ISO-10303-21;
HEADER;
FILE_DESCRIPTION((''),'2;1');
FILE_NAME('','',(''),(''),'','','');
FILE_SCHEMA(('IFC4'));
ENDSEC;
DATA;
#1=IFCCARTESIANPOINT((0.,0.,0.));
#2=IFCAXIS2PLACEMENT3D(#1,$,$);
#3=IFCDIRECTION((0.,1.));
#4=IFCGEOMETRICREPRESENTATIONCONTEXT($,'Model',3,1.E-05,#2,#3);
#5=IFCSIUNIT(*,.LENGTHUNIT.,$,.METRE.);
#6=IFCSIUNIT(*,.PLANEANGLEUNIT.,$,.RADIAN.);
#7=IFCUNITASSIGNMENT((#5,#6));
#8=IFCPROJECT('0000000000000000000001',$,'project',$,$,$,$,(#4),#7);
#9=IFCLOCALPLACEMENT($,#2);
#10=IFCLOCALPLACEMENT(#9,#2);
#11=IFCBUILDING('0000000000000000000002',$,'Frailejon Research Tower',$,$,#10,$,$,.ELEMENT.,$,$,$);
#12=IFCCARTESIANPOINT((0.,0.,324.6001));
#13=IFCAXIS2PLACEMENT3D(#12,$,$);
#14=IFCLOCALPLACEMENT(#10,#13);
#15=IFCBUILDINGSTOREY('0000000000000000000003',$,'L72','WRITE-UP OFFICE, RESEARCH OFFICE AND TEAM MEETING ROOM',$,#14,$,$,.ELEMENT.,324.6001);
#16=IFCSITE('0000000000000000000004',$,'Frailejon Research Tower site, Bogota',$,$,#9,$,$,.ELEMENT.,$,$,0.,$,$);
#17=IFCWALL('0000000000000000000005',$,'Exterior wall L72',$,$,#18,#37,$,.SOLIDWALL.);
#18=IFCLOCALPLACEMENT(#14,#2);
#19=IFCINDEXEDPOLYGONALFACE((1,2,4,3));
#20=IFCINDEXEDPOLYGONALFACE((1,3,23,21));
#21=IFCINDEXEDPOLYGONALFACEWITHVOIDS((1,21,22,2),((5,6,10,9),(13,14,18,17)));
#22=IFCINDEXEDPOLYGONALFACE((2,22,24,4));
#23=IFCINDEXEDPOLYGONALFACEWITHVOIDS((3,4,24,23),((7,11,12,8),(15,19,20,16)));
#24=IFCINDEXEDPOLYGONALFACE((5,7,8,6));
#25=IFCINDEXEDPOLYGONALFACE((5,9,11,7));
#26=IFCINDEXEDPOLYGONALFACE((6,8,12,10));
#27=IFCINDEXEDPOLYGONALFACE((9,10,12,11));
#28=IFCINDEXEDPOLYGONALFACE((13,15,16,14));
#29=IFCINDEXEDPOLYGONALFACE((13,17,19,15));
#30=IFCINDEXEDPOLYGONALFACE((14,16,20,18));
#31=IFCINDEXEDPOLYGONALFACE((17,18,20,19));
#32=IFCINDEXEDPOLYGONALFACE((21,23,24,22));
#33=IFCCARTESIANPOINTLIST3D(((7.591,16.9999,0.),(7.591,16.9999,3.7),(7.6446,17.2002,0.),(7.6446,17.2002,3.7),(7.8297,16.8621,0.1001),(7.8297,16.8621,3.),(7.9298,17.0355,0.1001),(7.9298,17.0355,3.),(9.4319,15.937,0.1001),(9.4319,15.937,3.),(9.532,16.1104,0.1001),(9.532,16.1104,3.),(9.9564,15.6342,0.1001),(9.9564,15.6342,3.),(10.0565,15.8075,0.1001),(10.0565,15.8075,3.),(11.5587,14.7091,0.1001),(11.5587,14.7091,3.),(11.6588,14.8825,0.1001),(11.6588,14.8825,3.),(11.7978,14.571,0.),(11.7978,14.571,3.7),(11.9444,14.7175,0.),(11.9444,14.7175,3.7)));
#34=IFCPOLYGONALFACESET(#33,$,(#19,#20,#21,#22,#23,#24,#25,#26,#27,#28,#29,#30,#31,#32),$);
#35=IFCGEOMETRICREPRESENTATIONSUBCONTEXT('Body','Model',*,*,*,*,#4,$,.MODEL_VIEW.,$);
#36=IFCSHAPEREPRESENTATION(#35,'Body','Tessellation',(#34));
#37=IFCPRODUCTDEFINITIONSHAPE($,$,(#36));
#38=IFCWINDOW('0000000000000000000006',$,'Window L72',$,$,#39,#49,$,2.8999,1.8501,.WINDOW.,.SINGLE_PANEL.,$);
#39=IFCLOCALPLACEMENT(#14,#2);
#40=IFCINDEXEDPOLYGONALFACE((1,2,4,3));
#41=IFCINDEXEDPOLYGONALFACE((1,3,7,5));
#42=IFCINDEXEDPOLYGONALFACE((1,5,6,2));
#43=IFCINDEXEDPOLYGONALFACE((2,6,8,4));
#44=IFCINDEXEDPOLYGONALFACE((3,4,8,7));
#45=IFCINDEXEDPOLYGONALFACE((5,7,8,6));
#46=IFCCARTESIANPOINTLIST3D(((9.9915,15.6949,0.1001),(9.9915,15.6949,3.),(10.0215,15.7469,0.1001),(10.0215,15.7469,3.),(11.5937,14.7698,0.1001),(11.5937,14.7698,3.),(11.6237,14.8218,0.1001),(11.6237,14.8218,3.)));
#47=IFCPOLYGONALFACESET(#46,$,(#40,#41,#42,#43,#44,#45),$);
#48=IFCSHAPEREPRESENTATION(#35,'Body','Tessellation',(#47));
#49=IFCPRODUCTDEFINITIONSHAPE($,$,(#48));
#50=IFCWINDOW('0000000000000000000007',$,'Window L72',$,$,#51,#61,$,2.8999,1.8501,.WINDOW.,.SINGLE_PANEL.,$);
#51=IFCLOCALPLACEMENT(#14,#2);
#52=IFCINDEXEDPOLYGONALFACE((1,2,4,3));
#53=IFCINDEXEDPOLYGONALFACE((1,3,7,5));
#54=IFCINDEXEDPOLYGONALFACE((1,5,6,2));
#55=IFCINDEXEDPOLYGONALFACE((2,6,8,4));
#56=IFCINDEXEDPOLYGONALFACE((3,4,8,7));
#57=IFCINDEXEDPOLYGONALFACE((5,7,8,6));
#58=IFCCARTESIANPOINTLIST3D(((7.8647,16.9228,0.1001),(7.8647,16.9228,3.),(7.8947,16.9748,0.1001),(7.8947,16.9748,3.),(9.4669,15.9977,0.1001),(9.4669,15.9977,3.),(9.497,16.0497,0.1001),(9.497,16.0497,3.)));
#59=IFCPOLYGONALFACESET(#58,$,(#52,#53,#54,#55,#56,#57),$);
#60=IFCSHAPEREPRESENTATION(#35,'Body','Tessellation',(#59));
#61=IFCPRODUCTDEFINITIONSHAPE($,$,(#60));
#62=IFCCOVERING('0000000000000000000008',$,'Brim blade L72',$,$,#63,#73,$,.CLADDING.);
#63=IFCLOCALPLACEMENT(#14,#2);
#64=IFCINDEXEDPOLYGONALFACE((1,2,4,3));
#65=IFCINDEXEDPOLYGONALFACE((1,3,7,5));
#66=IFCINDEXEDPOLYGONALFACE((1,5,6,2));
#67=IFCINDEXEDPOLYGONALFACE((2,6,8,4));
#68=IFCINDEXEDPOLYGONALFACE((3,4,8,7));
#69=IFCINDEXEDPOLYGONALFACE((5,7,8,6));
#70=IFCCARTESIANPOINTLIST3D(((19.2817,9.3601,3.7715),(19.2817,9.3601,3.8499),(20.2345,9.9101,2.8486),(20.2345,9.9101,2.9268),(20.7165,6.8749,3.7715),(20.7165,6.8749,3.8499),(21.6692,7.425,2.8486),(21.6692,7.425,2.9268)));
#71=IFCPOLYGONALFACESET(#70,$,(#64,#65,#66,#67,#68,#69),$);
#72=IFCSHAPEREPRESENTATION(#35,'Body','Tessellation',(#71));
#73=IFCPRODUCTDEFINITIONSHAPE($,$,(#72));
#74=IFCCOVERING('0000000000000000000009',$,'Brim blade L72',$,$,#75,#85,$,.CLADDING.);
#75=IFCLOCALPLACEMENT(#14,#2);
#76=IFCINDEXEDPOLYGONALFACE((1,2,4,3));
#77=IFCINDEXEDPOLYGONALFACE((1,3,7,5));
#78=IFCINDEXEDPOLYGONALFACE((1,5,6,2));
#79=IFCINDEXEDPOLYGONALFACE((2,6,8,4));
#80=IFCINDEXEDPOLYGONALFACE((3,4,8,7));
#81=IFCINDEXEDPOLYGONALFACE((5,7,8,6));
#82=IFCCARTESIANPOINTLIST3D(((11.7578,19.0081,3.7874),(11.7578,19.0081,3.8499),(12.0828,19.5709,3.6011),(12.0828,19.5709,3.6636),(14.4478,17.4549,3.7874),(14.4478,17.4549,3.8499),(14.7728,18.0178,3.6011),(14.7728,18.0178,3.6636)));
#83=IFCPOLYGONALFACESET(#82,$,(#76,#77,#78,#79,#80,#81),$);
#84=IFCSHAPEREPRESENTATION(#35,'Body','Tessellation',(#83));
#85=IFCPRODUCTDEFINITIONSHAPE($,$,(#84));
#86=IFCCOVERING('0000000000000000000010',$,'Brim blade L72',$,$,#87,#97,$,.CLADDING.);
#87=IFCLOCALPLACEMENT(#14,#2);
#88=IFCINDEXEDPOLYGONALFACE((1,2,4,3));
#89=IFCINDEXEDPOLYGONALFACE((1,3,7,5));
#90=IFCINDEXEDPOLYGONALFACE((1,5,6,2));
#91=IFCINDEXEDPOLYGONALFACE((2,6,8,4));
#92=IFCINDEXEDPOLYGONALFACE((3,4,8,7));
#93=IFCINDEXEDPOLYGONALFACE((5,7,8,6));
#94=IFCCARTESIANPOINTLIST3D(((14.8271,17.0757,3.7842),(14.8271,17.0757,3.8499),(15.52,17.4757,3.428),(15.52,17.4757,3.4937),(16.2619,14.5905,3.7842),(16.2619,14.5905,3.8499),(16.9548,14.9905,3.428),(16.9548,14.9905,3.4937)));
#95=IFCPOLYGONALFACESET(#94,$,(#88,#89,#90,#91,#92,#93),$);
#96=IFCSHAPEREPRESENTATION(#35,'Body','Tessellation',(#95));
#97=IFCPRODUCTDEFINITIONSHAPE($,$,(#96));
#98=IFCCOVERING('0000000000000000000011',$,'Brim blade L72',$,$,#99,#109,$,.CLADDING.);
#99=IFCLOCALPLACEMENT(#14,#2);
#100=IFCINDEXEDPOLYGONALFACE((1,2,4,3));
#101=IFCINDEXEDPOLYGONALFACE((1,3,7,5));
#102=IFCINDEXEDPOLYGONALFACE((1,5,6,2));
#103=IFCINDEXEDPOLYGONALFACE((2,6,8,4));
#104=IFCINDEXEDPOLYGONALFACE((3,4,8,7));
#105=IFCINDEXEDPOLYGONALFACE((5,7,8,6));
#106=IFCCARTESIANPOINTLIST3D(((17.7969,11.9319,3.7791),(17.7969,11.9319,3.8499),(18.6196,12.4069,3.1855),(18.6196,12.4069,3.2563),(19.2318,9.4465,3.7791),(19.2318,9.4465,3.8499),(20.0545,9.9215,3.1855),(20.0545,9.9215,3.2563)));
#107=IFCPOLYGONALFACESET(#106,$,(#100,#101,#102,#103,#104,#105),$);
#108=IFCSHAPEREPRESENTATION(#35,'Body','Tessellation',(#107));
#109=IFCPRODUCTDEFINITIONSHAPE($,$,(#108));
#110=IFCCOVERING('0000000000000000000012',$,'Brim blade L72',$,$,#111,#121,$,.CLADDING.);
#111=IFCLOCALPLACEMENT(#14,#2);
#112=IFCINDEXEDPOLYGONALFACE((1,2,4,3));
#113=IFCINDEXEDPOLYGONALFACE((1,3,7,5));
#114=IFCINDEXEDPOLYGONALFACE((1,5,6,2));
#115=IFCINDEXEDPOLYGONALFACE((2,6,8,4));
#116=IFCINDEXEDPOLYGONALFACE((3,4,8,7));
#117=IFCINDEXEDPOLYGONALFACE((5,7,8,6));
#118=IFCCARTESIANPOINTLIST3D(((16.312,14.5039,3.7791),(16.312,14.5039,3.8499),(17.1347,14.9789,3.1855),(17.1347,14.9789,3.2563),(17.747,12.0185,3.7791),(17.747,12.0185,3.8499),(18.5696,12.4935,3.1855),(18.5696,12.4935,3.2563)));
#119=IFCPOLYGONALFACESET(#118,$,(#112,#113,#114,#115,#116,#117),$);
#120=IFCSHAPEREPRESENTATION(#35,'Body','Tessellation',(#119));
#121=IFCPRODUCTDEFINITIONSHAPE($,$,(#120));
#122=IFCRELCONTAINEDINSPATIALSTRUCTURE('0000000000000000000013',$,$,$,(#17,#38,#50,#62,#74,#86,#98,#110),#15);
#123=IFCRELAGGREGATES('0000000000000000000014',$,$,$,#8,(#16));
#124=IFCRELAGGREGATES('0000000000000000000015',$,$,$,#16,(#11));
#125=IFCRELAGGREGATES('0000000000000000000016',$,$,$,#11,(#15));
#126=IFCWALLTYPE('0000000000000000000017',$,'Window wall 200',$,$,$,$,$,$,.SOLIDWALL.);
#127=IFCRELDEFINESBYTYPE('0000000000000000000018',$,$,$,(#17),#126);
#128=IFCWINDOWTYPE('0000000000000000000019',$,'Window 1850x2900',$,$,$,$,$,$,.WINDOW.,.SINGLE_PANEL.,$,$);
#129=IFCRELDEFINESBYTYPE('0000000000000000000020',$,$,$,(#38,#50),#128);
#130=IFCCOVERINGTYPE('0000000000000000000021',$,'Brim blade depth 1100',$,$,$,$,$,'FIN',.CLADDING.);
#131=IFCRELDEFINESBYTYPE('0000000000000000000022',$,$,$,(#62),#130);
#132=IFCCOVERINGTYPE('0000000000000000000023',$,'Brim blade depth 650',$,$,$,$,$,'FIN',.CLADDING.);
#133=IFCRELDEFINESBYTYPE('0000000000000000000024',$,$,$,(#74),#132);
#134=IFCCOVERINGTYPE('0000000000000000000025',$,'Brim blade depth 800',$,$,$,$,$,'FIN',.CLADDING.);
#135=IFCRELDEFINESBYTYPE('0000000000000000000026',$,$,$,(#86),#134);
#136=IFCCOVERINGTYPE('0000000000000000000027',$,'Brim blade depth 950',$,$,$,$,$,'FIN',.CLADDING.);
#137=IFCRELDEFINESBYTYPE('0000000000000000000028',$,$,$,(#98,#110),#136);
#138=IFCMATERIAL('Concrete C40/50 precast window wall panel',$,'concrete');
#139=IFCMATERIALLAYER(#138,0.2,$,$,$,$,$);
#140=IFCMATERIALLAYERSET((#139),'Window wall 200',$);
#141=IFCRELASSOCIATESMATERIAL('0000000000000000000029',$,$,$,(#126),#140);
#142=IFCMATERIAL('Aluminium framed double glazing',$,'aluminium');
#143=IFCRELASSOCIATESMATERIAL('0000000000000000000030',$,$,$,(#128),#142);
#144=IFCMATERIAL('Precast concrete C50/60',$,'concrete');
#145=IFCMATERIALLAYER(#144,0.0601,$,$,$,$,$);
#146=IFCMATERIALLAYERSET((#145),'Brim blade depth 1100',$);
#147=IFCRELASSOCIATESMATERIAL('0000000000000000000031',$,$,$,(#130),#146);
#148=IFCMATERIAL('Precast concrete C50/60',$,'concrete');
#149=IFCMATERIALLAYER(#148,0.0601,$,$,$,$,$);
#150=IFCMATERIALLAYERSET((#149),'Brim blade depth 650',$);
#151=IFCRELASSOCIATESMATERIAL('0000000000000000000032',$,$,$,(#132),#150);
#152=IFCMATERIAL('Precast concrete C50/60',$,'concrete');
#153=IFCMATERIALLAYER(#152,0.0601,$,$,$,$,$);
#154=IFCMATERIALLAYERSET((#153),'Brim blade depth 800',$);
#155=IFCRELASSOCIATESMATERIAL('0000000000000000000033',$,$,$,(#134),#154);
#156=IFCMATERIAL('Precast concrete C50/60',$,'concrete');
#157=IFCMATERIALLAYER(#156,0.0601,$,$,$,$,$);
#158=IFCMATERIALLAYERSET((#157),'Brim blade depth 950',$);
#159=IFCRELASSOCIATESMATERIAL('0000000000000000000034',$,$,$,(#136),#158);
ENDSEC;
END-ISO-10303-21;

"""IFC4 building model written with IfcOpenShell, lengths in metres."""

from ifc_helpers import new_model, si_unit, direction, frame, frame_2d, origin, place, context, subcontext, project, spatial, polyline, rectangle, outline, extrude, material, layer, layer_set, type_object, element, fill, save


model = new_model("IFC4")

# Units and contexts
model_context = context("Model", 3, precision=1e-05, world=origin(), true_north=direction((0.0, 1.0)))
body_context = subcontext(model_context, "Body", "Model", "MODEL_VIEW")
ifc_project = project(units=[si_unit("LENGTHUNIT", "METRE"), si_unit("PLANEANGLEUNIT", "RADIAN")], contexts=[model_context])

# Site, building, storey
site_placement = place(None, origin())
site = spatial("IfcSite", under=ifc_project, at=site_placement, Name="Frailejon Research Tower site, Bogota", CompositionType="ELEMENT", RefElevation=0.0)
building_placement = place(site_placement, origin())
building = spatial("IfcBuilding", under=site, at=building_placement, Name="Frailejon Research Tower", CompositionType="ELEMENT")
storey_placement = place(building_placement, frame((0.0, 0.0, 324.6001)))
storey = spatial("IfcBuildingStorey", under=building, at=storey_placement, Name="L72", Description="WRITE-UP OFFICE, RESEARCH OFFICE AND TEAM MEETING ROOM", CompositionType="ELEMENT", Elevation=324.6001)

# Wall, openings, windows
ifc_material_1 = material(Name="Concrete C40/50 precast window wall panel", Category="concrete")
ifc_layer_1 = layer(ifc_material_1, 0.2)
ifc_layer_set_1 = layer_set([ifc_layer_1], Name="Window wall 200")
wall_type = type_object("IfcWallType", Name="Window wall 200", PredefinedType="SOLIDWALL", material=ifc_layer_set_1)
wall_placement = place(storey_placement, frame((11.8711, 14.6443, 0.0), z_axis=(0.0, 0.0, 1.0), x_axis=(-0.866017, 0.500015, 0.0)))
wall = element("IfcWall", 1, at=wall_placement, inside=storey, type_object=wall_type, Name="Exterior wall L72", PredefinedType="SOLIDWALL", context=body_context, shape_type="SweptSolid", body=[
    extrude(outline(polyline([(-0.0269, -0.1001), (1.2144, -0.1001), (2.4556, -0.1001), (3.697, -0.1001), (4.9382, -0.1001), (4.8845, 0.1001), (3.6702, 0.1001), (2.4556, 0.1001), (1.2412, 0.1001), (0.0269, 0.1001), (-0.0269, -0.1001)])), origin(), (0.0, 0.0, 1.0), 3.7),
])
opening_1_placement = place(wall_placement, frame((0.303, 0.0, 0.1001)))
opening_1 = element("IfcOpeningElement", 2, at=opening_1_placement, cuts=wall, PredefinedType="OPENING", context=body_context, shape_type="SweptSolid", body=[
    extrude(rectangle(XDim=1.8501, YDim=2.8999, at=frame_2d((0.925, 1.45))), frame((0.0, 0.1099, 0.0), z_axis=(0.0, -1.0, 0.0), x_axis=(1.0, 0.0, 0.0)), (0.0, 0.0, 1.0), 0.22),
])
opening_2_placement = place(wall_placement, frame((2.7588, 0.0, 0.1001)))
opening_2 = element("IfcOpeningElement", 3, at=opening_2_placement, cuts=wall, PredefinedType="OPENING", context=body_context, shape_type="SweptSolid", body=[
    extrude(rectangle(XDim=1.8501, YDim=2.8999, at=frame_2d((0.925, 1.45))), frame((0.0, 0.1099, 0.0), z_axis=(0.0, -1.0, 0.0), x_axis=(1.0, 0.0, 0.0)), (0.0, 0.0, 1.0), 0.22),
])
ifc_material_2 = material(Name="Aluminium framed double glazing", Category="aluminium")
window_type = type_object("IfcWindowType", Name="Window 1850x2900", PartitioningType="SINGLE_PANEL", PredefinedType="WINDOW", material=ifc_material_2)
window_1_placement = place(opening_1_placement, origin())
window_1 = element("IfcWindow", 4, at=window_1_placement, inside=storey, type_object=window_type, Name="Window L72", OverallHeight=2.8999, OverallWidth=1.8501, PartitioningType="SINGLE_PANEL", PredefinedType="WINDOW", context=body_context, shape_type="SweptSolid", body=[
    extrude(rectangle(XDim=1.8501, YDim=2.8999, at=frame_2d((0.925, 1.45))), frame((0.0, 0.03, 0.0), z_axis=(0.0, -1.0, 0.0), x_axis=(1.0, 0.0, 0.0)), (0.0, 0.0, 1.0), 0.0601),
])
fill(opening_1, window_1)
window_2_placement = place(opening_2_placement, origin())
window_2 = element("IfcWindow", 5, at=window_2_placement, inside=storey, type_object=window_type, Name="Window L72", OverallHeight=2.8999, OverallWidth=1.8501, PartitioningType="SINGLE_PANEL", PredefinedType="WINDOW", context=body_context, shape_type="SweptSolid", body=[
    extrude(rectangle(XDim=1.8501, YDim=2.8999, at=frame_2d((0.925, 1.45))), frame((0.0, 0.03, 0.0), z_axis=(0.0, -1.0, 0.0), x_axis=(1.0, 0.0, 0.0)), (0.0, 0.0, 1.0), 0.0601),
])
fill(opening_2, window_2)

# Coverings
ifc_material_3 = material(Name="Precast concrete C50/60", Category="concrete")
ifc_layer_2 = layer(ifc_material_3, 0.0601)
ifc_layer_set_2 = layer_set([ifc_layer_2], Name="Brim blade depth 1100")
covering_type_1 = type_object("IfcCoveringType", Name="Brim blade depth 1100", ElementType="FIN", PredefinedType="CLADDING", material=ifc_layer_set_2)
covering_1_placement = place(storey_placement, frame((19.2817, 9.3601, 3.8499), z_axis=(0.499993, -0.86603, 0.0), x_axis=(0.86603, 0.499993, 0.0)))
element("IfcCovering", 6, at=covering_1_placement, inside=storey, type_object=covering_type_1, Name="Brim blade L72", PredefinedType="CLADDING", context=body_context, shape_type="SweptSolid", body=[
    extrude(outline(polyline([(0.0, -0.0784), (1.1001, -1.0012), (1.1001, -0.9231), (0.0, 0.0), (0.0, -0.0784)])), origin(), (0.0, 0.0, 1.0), 2.8696),
])
ifc_material_4 = material(Name="Precast concrete C50/60", Category="concrete")
ifc_layer_3 = layer(ifc_material_4, 0.0601)
ifc_layer_set_3 = layer_set([ifc_layer_3], Name="Brim blade depth 650")
covering_type_2 = type_object("IfcCoveringType", Name="Brim blade depth 650", ElementType="FIN", PredefinedType="CLADDING", material=ifc_layer_set_3)
covering_2_placement = place(storey_placement, frame((11.7578, 19.0081, 3.8499), z_axis=(0.866021, -0.500007, 0.0), x_axis=(0.500007, 0.866021, 0.0)))
element("IfcCovering", 7, at=covering_2_placement, inside=storey, type_object=covering_type_2, Name="Brim blade L72", PredefinedType="CLADDING", context=body_context, shape_type="SweptSolid", body=[
    extrude(outline(polyline([(0.0, -0.0625), (0.6499, -0.2488), (0.6499, -0.1863), (0.0, 0.0), (0.0, -0.0625)])), origin(), (0.0, 0.0, 1.0), 3.1062),
])
ifc_material_5 = material(Name="Precast concrete C50/60", Category="concrete")
ifc_layer_4 = layer(ifc_material_5, 0.0601)
ifc_layer_set_4 = layer_set([ifc_layer_4], Name="Brim blade depth 800")
covering_type_3 = type_object("IfcCoveringType", Name="Brim blade depth 800", ElementType="FIN", PredefinedType="CLADDING", material=ifc_layer_set_4)
covering_3_placement = place(storey_placement, frame((14.8271, 17.0757, 3.8499), z_axis=(0.499993, -0.86603, 0.0), x_axis=(0.86603, 0.499993, 0.0)))
element("IfcCovering", 8, at=covering_3_placement, inside=storey, type_object=covering_type_3, Name="Brim blade L72", PredefinedType="CLADDING", context=body_context, shape_type="SweptSolid", body=[
    extrude(outline(polyline([(0.0, -0.0657), (0.8, -0.4219), (0.8, -0.3562), (0.0, 0.0), (0.0, -0.0657)])), origin(), (0.0, 0.0, 1.0), 2.8696),
])
ifc_material_6 = material(Name="Precast concrete C50/60", Category="concrete")
ifc_layer_5 = layer(ifc_material_6, 0.0601)
ifc_layer_set_5 = layer_set([ifc_layer_5], Name="Brim blade depth 950")
covering_type_4 = type_object("IfcCoveringType", Name="Brim blade depth 950", ElementType="FIN", PredefinedType="CLADDING", material=ifc_layer_set_5)
for number, where, z_axis, x_axis, name in (
    (9, (17.7969, 11.9319, 3.8499), (0.500003, -0.866024, 0.0), (0.866024, 0.500003, 0.0), "Brim blade L72"),
    (10, (16.312, 14.5039, 3.8499), (0.500003, -0.866024, 0.0), (0.866024, 0.500003, 0.0), "Brim blade L72"),
):
    element("IfcCovering", number, at=place(storey_placement, frame(where, z_axis=z_axis, x_axis=x_axis)), inside=storey, type_object=covering_type_4, Name=name, PredefinedType="CLADDING", context=body_context, shape_type="SweptSolid", body=[
        extrude(outline(polyline([(0.0, -0.0708), (0.95, -0.6643), (0.95, -0.5935), (0.0, 0.0), (0.0, -0.0708)])), origin(), (0.0, 0.0, 1.0), 2.8699),
    ])

save(model, "model.ifc")
